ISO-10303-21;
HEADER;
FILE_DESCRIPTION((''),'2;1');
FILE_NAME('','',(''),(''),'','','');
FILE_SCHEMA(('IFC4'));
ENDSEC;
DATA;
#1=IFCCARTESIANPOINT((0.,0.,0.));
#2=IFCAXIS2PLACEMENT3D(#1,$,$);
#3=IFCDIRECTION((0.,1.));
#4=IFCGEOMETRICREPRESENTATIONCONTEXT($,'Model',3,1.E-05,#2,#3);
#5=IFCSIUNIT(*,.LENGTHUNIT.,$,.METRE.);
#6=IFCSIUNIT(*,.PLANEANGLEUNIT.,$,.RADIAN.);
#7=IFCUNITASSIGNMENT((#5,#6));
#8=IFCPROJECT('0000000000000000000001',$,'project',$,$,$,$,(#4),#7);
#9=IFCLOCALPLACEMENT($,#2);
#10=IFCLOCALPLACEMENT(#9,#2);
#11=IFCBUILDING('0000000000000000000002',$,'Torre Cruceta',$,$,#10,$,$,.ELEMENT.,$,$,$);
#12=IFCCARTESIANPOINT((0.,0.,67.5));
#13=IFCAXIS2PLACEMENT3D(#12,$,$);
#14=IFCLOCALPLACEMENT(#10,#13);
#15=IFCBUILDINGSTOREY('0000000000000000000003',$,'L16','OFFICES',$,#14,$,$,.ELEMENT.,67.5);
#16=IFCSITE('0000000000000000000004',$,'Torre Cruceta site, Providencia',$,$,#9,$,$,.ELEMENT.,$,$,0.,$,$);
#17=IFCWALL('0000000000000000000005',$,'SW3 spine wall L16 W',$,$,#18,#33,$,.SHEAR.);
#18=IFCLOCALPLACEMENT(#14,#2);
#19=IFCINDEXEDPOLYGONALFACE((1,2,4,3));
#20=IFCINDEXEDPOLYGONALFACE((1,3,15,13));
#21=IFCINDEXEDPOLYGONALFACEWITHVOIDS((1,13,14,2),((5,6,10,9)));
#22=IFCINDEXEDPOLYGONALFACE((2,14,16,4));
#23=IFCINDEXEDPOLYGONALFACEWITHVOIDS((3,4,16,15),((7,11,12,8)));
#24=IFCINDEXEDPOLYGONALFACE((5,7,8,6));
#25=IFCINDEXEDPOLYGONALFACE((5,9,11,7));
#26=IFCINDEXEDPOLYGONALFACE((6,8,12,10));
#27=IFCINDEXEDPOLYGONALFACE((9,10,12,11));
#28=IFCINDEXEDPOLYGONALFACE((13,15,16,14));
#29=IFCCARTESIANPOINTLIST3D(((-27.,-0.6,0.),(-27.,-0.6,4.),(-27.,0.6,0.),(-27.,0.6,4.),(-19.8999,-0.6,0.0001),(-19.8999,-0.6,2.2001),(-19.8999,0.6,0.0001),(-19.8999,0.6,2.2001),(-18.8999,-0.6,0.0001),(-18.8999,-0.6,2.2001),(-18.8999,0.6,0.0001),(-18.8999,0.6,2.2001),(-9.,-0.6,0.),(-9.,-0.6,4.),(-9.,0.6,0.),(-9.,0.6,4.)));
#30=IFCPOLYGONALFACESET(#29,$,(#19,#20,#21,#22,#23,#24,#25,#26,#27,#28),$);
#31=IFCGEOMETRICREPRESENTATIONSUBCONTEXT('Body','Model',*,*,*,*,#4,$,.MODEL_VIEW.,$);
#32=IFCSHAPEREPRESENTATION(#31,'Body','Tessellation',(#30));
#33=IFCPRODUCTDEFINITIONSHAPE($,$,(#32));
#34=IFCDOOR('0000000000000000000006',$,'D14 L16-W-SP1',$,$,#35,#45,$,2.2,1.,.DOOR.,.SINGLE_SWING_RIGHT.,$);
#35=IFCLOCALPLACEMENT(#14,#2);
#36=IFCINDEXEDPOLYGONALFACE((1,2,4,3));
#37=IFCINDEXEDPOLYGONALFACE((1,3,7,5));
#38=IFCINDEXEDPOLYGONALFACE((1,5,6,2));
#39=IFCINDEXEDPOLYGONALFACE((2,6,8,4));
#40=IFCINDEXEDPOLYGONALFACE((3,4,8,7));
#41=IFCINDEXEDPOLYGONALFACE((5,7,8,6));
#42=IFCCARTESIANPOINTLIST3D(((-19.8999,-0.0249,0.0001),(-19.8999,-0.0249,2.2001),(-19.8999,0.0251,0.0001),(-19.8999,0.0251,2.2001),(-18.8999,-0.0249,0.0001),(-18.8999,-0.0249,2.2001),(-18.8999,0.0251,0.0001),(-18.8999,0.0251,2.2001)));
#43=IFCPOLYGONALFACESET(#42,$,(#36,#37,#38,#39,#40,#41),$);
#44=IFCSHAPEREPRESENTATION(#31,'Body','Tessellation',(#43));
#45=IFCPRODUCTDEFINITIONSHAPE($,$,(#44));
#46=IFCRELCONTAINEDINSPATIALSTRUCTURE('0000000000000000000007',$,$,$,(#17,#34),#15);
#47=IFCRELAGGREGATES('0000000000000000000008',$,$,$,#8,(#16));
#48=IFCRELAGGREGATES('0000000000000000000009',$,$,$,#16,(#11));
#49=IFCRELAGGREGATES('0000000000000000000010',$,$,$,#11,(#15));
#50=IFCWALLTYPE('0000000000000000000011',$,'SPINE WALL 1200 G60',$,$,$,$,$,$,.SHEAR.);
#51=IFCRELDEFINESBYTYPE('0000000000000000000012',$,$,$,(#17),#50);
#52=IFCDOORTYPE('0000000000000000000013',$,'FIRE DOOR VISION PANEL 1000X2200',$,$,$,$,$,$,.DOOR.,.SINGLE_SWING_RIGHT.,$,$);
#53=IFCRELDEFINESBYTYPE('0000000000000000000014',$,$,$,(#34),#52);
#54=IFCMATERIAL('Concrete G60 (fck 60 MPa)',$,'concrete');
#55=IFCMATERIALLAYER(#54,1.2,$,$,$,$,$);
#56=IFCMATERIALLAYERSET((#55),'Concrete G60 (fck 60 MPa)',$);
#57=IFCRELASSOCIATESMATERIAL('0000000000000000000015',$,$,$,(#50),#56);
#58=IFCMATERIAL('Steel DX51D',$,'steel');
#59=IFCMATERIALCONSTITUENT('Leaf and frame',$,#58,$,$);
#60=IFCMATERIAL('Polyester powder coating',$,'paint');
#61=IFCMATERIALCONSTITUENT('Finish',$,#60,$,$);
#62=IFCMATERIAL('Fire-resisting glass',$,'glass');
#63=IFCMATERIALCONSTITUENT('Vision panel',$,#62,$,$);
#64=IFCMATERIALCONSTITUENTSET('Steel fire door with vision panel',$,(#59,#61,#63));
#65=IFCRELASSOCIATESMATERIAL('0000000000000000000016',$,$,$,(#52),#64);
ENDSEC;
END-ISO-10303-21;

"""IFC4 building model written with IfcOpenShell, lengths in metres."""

from ifc_helpers import new_model, si_unit, direction, frame, frame_2d, origin, place, context, subcontext, project, spatial, rectangle, extrude, material, layer, layer_set, constituent, constituent_set, type_object, element, fill, save


model = new_model("IFC4")

# Units and contexts
model_context = context("Model", 3, precision=1e-05, world=origin(), true_north=direction((0.0, 1.0)))
body_context = subcontext(model_context, "Body", "Model", "MODEL_VIEW")
ifc_project = project(units=[si_unit("LENGTHUNIT", "METRE"), si_unit("PLANEANGLEUNIT", "RADIAN")], contexts=[model_context])

# Site, building, storey
site_placement = place(None, origin())
site = spatial("IfcSite", under=ifc_project, at=site_placement, Name="Torre Cruceta site, Providencia", CompositionType="ELEMENT", RefElevation=0.0)
building_placement = place(site_placement, origin())
building = spatial("IfcBuilding", under=site, at=building_placement, Name="Torre Cruceta", CompositionType="ELEMENT")
storey_placement = place(building_placement, frame((0.0, 0.0, 67.5)))
storey = spatial("IfcBuildingStorey", under=building, at=storey_placement, Name="L16", Description="OFFICES", CompositionType="ELEMENT", Elevation=67.5)

# Wall, opening, door
ifc_material_1 = material(Name="Concrete G60 (fck 60 MPa)", Category="concrete")
ifc_layer_1 = layer(ifc_material_1, 1.2)
ifc_layer_set_1 = layer_set([ifc_layer_1], Name="Concrete G60 (fck 60 MPa)")
wall_type_1 = type_object("IfcWallType", Name="SPINE WALL 1200 G60", PredefinedType="SHEAR", material=ifc_layer_set_1)
wall_1_placement = place(storey_placement, frame((-9.0, 0.0, 0.0), z_axis=(0.0, 0.0, 1.0), x_axis=(-1.0, 0.0, 0.0)))
wall_1 = element("IfcWall", 1, at=wall_1_placement, inside=storey, type_object=wall_type_1, Name="SW3 spine wall L16 W", PredefinedType="SHEAR", context=body_context, shape_type="SweptSolid", body=[
    extrude(rectangle(XDim=18.0, YDim=1.2, at=frame_2d((9.0, 0.0))), origin(), (0.0, 0.0, 1.0), 4.0),
])
opening_1_placement = place(wall_1_placement, frame((9.8999, 0.0, 0.0)))
opening_1 = element("IfcOpeningElement", 2, at=opening_1_placement, cuts=wall_1, PredefinedType="OPENING", context=body_context, shape_type="SweptSolid", body=[
    extrude(rectangle(XDim=1.0, YDim=2.2, at=frame_2d((0.5, 1.1001))), frame((0.0, 0.6099, 0.0), z_axis=(0.0, -1.0, 0.0), x_axis=(1.0, 0.0, 0.0)), (0.0, 0.0, 1.0), 1.22),
])
ifc_material_2 = material(Name="Steel DX51D", Category="steel")
ifc_constituent_1 = constituent(ifc_material_2, Name="Leaf and frame")
ifc_material_3 = material(Name="Polyester powder coating", Category="paint")
ifc_constituent_2 = constituent(ifc_material_3, Name="Finish")
ifc_material_4 = material(Name="Fire-resisting glass", Category="glass")
ifc_constituent_3 = constituent(ifc_material_4, Name="Vision panel")
ifc_constituent_set_1 = constituent_set(constituents=[ifc_constituent_1, ifc_constituent_2, ifc_constituent_3], Name="Steel fire door with vision panel")
door_type_1 = type_object("IfcDoorType", Name="FIRE DOOR VISION PANEL 1000X2200", OperationType="SINGLE_SWING_RIGHT", PredefinedType="DOOR", material=ifc_constituent_set_1)
door_1_placement = place(opening_1_placement, frame((1.0, 0.0, 0.0), z_axis=(0.0, 0.0, 1.0), x_axis=(-1.0, 0.0, 0.0)))
door_1 = element("IfcDoor", 3, at=door_1_placement, inside=storey, type_object=door_type_1, Name="D14 L16-W-SP1", OperationType="SINGLE_SWING_RIGHT", OverallHeight=2.2, OverallWidth=1.0, PredefinedType="DOOR", context=body_context, shape_type="SweptSolid", body=[
    extrude(rectangle(XDim=1.0, YDim=2.2, at=frame_2d((0.5, 1.1001))), frame((0.0, 0.0251, 0.0), z_axis=(0.0, -1.0, 0.0), x_axis=(1.0, 0.0, 0.0)), (0.0, 0.0, 1.0), 0.05),
])
fill(opening_1, door_1)

save(model, "model.ifc")
